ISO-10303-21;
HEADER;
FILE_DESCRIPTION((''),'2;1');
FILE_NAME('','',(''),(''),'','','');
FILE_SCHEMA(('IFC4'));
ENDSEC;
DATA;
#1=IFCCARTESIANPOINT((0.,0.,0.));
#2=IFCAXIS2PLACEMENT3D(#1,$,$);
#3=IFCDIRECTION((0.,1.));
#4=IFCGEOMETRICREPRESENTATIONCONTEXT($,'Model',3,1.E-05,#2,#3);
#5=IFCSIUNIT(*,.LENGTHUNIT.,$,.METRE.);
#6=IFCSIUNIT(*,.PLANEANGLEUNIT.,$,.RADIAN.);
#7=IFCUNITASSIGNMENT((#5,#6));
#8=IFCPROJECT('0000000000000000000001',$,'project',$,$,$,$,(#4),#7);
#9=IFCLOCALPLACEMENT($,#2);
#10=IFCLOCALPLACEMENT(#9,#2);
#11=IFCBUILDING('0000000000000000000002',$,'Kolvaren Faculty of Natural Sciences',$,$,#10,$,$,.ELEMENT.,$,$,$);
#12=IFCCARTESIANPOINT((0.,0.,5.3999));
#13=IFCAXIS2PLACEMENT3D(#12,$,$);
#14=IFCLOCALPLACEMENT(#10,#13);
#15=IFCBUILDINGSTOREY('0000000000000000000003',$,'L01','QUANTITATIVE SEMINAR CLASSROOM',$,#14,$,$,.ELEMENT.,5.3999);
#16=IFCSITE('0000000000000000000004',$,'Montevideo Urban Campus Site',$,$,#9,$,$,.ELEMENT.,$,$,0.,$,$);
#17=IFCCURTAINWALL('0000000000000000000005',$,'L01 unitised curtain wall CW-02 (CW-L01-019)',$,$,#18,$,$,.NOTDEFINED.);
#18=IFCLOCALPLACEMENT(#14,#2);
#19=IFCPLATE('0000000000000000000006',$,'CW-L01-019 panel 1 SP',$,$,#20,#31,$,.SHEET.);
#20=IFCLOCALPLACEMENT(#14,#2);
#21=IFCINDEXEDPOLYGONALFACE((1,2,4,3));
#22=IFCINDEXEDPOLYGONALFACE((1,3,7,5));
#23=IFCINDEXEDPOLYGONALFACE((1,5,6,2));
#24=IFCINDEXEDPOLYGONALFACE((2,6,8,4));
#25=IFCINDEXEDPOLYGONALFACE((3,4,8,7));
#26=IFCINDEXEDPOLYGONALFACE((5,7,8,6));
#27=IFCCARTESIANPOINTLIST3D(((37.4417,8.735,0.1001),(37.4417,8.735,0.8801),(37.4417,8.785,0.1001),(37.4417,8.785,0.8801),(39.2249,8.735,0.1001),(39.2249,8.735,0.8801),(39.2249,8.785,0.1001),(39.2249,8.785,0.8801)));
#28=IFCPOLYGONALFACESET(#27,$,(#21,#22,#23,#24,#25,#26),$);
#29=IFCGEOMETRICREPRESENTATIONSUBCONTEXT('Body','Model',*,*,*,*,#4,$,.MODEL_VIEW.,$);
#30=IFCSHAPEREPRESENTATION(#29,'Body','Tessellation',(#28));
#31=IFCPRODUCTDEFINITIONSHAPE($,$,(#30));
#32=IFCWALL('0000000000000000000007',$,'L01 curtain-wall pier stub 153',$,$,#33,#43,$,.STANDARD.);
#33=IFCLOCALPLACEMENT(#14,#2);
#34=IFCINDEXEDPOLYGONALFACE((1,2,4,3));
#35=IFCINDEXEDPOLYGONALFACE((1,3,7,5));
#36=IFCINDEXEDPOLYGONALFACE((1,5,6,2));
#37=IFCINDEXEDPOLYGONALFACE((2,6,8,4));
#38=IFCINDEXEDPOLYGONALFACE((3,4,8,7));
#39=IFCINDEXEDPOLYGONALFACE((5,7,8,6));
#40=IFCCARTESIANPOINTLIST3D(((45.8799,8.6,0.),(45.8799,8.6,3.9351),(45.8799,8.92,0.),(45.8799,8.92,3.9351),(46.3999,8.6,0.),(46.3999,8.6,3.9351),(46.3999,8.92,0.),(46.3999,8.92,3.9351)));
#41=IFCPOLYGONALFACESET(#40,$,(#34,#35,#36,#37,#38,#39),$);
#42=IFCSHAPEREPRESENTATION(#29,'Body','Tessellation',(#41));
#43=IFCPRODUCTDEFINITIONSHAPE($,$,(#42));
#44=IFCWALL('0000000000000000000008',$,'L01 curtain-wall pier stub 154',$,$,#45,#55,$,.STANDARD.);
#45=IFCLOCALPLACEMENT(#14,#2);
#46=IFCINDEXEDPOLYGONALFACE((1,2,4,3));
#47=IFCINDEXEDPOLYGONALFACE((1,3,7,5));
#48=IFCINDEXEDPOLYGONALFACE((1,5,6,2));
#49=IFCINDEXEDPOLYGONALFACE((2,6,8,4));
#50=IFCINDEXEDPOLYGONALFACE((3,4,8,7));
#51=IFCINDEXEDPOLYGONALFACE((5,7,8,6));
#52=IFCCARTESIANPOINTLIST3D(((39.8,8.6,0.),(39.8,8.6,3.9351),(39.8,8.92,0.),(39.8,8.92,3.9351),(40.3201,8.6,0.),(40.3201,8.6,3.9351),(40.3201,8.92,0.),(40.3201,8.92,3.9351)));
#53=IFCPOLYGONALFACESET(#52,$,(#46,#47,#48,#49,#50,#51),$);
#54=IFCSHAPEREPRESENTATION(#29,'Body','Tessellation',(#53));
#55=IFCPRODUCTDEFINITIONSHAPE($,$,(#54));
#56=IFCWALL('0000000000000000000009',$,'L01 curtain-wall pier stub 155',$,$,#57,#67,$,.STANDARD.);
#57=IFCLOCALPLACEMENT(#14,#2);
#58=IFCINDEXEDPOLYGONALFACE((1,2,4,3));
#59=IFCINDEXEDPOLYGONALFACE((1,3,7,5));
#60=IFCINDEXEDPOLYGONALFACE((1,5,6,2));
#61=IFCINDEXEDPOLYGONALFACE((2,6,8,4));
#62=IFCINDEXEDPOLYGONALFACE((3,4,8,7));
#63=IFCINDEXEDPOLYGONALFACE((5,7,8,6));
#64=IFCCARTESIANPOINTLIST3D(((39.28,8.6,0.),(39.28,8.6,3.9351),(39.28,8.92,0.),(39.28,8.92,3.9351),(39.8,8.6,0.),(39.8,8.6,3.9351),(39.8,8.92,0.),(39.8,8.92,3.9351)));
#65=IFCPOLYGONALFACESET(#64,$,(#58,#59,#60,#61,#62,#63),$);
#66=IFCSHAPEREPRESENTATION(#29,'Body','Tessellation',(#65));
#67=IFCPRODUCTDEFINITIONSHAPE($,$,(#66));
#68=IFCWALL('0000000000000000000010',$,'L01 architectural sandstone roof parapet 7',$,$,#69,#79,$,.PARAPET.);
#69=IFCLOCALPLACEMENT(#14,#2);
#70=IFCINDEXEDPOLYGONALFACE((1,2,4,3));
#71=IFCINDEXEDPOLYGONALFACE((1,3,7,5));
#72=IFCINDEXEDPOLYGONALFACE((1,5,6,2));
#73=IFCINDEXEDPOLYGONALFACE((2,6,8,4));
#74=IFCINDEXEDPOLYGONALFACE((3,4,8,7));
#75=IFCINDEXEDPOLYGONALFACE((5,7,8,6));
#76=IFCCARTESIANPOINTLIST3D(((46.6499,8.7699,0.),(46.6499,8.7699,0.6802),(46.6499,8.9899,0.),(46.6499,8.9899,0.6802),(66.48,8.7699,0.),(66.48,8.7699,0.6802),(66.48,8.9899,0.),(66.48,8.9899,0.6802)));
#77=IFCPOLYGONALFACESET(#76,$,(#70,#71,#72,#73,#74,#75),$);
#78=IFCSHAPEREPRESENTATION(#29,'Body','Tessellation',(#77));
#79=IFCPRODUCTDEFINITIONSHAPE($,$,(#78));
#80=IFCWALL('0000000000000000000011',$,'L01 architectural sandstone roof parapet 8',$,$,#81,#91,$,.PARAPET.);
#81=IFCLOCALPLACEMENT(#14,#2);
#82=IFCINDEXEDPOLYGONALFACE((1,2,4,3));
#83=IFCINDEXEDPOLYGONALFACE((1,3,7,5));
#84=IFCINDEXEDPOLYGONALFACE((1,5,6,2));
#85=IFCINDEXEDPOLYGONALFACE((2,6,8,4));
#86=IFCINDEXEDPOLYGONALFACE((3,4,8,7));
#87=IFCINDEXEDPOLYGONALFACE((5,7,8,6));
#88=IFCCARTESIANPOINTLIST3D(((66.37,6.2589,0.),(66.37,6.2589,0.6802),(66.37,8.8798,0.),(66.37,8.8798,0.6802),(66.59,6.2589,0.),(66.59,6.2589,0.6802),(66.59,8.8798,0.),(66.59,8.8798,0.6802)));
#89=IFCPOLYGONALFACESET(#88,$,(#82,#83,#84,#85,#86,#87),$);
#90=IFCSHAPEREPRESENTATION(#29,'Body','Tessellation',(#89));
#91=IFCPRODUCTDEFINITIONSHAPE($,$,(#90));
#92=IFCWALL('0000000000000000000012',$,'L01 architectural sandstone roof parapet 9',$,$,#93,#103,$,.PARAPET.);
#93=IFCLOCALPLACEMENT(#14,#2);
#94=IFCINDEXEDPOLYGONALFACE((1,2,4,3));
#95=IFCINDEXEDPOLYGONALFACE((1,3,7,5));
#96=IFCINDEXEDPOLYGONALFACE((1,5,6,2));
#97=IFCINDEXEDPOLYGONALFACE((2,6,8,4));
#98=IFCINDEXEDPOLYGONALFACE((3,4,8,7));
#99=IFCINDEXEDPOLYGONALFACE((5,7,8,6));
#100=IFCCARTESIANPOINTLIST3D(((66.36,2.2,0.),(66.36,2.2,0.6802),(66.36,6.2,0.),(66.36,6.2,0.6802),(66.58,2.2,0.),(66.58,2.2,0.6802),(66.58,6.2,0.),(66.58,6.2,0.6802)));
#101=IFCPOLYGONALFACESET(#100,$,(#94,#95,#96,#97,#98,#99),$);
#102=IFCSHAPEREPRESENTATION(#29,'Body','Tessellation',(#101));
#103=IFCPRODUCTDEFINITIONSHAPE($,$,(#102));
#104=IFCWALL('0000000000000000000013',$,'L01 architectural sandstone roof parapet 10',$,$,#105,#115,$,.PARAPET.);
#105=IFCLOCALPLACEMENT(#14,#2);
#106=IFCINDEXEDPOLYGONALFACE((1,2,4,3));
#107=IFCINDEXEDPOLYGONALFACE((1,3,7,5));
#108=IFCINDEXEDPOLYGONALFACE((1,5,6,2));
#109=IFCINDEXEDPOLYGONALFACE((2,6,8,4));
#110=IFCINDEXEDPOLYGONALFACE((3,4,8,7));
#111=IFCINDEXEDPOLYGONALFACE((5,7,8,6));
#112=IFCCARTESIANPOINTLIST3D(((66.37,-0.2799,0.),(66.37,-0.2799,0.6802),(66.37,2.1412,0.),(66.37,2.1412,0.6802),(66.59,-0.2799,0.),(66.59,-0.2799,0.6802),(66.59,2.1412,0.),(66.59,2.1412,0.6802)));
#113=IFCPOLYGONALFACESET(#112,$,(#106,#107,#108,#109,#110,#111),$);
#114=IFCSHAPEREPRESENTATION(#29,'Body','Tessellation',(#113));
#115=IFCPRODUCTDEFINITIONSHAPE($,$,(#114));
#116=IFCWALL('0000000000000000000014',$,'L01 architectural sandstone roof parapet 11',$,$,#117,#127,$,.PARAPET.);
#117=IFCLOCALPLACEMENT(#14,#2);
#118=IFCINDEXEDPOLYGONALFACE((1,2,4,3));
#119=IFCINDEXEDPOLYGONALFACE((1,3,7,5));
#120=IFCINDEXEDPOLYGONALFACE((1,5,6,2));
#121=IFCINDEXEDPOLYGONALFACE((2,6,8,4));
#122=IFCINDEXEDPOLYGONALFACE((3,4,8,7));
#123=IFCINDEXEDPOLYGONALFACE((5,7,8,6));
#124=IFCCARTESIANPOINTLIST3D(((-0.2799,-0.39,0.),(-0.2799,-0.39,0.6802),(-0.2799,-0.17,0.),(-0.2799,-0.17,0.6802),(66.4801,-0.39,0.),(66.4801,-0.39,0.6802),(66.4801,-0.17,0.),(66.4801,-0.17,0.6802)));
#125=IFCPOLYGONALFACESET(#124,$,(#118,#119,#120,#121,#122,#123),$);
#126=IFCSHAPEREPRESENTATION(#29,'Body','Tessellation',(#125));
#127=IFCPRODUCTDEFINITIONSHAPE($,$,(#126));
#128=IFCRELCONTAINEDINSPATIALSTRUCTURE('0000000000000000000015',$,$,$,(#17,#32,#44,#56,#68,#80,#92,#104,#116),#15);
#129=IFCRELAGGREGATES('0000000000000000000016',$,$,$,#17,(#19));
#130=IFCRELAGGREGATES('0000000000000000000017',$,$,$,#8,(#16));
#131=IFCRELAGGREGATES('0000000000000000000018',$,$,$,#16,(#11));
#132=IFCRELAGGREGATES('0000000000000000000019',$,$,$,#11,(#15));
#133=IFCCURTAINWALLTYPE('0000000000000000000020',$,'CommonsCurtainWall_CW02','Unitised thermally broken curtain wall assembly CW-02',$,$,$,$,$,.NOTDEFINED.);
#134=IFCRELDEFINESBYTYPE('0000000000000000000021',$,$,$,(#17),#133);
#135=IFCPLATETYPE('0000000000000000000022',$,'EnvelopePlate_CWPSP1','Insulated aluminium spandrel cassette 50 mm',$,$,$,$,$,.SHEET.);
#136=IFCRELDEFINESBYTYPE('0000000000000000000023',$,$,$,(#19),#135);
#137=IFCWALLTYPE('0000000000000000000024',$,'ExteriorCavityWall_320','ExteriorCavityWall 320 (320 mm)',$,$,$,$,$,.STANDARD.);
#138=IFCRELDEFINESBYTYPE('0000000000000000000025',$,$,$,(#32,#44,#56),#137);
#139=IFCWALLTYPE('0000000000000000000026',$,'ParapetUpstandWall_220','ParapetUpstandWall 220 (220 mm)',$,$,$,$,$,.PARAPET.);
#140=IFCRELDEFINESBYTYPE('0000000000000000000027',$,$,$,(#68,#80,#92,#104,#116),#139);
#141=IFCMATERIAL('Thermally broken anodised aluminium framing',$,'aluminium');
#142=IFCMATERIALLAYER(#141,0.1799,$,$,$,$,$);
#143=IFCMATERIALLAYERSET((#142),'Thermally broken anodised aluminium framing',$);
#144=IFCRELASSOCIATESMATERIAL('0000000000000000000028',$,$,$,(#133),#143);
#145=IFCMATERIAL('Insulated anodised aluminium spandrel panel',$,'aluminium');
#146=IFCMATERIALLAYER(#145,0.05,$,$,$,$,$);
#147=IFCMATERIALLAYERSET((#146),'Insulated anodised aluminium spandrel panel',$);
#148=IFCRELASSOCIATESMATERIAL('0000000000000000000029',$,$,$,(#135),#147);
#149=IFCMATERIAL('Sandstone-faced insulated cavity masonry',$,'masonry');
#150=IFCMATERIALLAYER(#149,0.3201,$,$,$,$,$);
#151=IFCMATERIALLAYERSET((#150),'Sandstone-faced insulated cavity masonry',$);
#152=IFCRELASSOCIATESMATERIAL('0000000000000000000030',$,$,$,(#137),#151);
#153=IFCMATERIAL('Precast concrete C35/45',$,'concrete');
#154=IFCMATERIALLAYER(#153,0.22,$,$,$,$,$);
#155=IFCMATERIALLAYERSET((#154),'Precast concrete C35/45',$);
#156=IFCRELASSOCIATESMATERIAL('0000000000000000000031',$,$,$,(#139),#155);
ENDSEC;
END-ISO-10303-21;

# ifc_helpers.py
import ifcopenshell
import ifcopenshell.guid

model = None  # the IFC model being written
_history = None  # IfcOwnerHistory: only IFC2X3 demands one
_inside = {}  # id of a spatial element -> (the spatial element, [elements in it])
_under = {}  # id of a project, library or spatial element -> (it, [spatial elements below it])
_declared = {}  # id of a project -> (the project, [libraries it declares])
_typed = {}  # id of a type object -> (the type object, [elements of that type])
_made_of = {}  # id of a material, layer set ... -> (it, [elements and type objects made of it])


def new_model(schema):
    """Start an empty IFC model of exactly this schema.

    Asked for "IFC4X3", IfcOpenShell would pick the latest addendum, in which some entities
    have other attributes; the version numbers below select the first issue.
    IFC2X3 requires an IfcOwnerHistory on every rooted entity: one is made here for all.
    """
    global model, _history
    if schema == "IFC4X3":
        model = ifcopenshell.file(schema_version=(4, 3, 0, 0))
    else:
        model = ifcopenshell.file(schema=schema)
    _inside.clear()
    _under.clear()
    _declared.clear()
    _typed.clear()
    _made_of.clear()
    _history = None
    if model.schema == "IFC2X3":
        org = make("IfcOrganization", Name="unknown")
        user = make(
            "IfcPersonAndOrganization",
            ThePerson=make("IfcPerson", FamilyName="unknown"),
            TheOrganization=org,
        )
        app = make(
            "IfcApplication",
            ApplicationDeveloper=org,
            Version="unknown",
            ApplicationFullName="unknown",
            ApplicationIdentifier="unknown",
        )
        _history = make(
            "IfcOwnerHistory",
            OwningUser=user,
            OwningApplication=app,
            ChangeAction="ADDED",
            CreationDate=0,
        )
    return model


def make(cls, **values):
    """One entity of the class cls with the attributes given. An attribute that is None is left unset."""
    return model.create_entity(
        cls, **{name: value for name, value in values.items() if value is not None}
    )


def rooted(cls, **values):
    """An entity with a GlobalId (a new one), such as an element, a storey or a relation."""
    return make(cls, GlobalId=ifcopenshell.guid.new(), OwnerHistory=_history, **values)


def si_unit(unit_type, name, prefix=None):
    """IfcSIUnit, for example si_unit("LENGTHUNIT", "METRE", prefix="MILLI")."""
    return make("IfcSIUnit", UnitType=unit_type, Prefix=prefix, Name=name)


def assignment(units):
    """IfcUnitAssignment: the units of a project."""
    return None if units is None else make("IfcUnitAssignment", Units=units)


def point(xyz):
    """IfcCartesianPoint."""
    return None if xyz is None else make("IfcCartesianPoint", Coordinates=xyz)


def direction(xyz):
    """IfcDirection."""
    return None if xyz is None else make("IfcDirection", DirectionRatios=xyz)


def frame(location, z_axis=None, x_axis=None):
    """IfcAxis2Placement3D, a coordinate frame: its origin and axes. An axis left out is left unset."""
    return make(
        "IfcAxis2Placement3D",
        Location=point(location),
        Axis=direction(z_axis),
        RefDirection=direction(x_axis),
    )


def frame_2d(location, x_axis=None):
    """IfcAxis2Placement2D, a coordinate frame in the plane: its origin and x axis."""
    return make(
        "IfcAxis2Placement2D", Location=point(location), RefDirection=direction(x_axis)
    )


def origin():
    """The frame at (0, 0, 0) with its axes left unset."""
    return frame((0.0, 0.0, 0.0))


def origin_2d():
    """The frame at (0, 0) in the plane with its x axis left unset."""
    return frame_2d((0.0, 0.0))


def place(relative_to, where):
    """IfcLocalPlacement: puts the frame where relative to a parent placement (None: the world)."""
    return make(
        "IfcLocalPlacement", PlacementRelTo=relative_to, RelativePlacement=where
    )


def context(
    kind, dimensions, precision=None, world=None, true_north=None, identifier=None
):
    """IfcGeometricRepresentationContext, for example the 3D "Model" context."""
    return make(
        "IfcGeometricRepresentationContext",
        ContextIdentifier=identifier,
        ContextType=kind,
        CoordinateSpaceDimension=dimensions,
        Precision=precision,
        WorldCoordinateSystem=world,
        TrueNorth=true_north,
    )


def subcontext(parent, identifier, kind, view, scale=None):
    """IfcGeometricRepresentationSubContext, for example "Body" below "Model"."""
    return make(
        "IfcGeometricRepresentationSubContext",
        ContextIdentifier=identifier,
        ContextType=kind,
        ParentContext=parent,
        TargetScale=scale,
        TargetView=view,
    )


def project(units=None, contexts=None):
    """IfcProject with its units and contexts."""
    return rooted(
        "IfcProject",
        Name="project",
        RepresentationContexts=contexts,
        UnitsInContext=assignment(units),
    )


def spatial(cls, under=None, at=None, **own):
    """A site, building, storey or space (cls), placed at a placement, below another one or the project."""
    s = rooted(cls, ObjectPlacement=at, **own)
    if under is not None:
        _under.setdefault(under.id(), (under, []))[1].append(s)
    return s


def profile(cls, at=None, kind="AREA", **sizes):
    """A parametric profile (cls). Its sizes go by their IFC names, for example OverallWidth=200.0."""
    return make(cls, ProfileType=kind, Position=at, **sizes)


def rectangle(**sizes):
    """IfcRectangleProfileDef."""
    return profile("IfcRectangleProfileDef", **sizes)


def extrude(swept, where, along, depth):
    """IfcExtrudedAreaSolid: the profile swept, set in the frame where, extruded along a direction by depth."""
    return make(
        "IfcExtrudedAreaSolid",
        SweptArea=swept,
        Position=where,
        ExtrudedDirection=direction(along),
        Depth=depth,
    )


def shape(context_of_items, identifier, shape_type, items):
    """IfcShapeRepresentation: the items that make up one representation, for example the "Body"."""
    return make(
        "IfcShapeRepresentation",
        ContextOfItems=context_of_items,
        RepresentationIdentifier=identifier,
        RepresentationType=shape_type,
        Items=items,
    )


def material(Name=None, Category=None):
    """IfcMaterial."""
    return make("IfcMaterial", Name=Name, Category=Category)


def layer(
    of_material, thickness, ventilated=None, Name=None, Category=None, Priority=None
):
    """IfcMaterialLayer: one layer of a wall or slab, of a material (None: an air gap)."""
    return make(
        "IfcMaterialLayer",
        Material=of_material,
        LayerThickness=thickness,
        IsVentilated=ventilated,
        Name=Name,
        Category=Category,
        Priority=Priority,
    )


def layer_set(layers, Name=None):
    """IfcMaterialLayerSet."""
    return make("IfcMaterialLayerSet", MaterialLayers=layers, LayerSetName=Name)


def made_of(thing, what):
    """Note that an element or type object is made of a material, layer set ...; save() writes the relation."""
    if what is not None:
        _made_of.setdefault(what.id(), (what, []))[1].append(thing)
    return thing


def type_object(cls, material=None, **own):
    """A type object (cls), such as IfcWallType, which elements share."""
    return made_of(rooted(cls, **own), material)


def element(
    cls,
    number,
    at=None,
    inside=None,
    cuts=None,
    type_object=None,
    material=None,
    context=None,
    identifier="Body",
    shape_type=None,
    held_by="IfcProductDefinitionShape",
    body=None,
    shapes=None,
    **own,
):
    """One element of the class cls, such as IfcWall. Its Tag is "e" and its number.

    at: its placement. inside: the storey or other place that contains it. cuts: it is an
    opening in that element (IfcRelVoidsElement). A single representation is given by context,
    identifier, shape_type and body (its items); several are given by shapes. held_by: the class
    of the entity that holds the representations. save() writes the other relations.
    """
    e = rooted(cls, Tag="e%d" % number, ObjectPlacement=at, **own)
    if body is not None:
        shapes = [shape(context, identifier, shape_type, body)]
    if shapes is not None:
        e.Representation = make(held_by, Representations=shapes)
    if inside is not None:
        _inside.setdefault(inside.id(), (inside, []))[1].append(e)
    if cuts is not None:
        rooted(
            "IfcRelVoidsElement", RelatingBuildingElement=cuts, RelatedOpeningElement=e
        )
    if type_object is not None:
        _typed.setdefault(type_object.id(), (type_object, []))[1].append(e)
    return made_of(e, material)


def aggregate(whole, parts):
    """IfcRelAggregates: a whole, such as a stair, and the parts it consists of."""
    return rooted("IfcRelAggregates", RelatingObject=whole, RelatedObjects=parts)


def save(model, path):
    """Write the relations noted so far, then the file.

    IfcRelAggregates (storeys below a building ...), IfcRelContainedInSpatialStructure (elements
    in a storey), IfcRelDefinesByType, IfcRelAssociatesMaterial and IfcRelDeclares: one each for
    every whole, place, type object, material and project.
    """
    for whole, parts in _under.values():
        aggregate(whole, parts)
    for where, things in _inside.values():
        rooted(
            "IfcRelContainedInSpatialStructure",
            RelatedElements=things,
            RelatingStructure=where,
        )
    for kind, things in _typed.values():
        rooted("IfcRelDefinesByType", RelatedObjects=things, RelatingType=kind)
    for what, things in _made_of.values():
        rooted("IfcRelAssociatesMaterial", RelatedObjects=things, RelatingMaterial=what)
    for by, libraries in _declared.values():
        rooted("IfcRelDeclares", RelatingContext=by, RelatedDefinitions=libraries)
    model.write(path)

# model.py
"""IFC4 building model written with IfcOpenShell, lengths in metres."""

from ifc_helpers import new_model, si_unit, direction, frame, frame_2d, origin, origin_2d, place, context, subcontext, project, spatial, rectangle, extrude, material, layer, layer_set, type_object, element, aggregate, save


model = new_model("IFC4")

# Units and contexts
model_context = context("Model", 3, precision=1e-05, world=origin(), true_north=direction((0.0, 1.0)))
body_context = subcontext(model_context, "Body", "Model", "MODEL_VIEW")
ifc_project = project(units=[si_unit("LENGTHUNIT", "METRE"), si_unit("PLANEANGLEUNIT", "RADIAN")], contexts=[model_context])

# Site, building, storey
site_placement = place(None, origin())
site = spatial("IfcSite", under=ifc_project, at=site_placement, Name="Montevideo Urban Campus Site", CompositionType="ELEMENT", RefElevation=0.0)
building_placement = place(site_placement, origin())
building = spatial("IfcBuilding", under=site, at=building_placement, Name="Kolvaren Faculty of Natural Sciences", CompositionType="ELEMENT")
storey_placement = place(building_placement, frame((0.0, 0.0, 5.3999)))
storey = spatial("IfcBuildingStorey", under=building, at=storey_placement, Name="L01", Description="QUANTITATIVE SEMINAR CLASSROOM", CompositionType="ELEMENT", Elevation=5.3999)

# Curtain wall
ifc_material_1 = material(Name="Thermally broken anodised aluminium framing", Category="aluminium")
ifc_layer_1 = layer(ifc_material_1, 0.1799)
ifc_layer_set_1 = layer_set([ifc_layer_1], Name="Thermally broken anodised aluminium framing")
curtain_wall_type = type_object("IfcCurtainWallType", Name="CommonsCurtainWall_CW02", Description="Unitised thermally broken curtain wall assembly CW-02", PredefinedType="NOTDEFINED", material=ifc_layer_set_1)
curtain_wall_1_placement = place(storey_placement, origin())
curtain_wall_1 = element("IfcCurtainWall", 1, at=curtain_wall_1_placement, inside=storey, type_object=curtain_wall_type, Name="L01 unitised curtain wall CW-02 (CW-L01-019)", PredefinedType="NOTDEFINED")

# Plate
ifc_material_2 = material(Name="Insulated anodised aluminium spandrel panel", Category="aluminium")
ifc_layer_2 = layer(ifc_material_2, 0.05)
ifc_layer_set_2 = layer_set([ifc_layer_2], Name="Insulated anodised aluminium spandrel panel")
plate_type_1 = type_object("IfcPlateType", Name="EnvelopePlate_CWPSP1", Description="Insulated aluminium spandrel cassette 50 mm", PredefinedType="SHEET", material=ifc_layer_set_2)
plate_1_placement = place(storey_placement, frame((38.3333, 8.76, 0.1001), z_axis=(0.0, 0.0, 1.0), x_axis=(-1.0, 0.0, 0.0)))
plate_1 = element("IfcPlate", 2, at=plate_1_placement, type_object=plate_type_1, Name="CW-L01-019 panel 1 SP", PredefinedType="SHEET", context=body_context, shape_type="SweptSolid", body=[
    extrude(rectangle(XDim=1.7832, YDim=0.05, at=origin_2d()), origin(), (0.0, 0.0, 1.0), 0.78),
])
aggregate(curtain_wall_1, [plate_1])

# Walls
ifc_material_3 = material(Name="Sandstone-faced insulated cavity masonry", Category="masonry")
ifc_layer_3 = layer(ifc_material_3, 0.3201)
ifc_layer_set_3 = layer_set([ifc_layer_3], Name="Sandstone-faced insulated cavity masonry")
wall_type_1 = type_object("IfcWallType", Name="ExteriorCavityWall_320", Description="ExteriorCavityWall 320 (320 mm)", PredefinedType="STANDARD", material=ifc_layer_set_3)
for number, where, z_axis, x_axis, name in (
    (3, (46.3999, 8.76, 0.0), (0.0, 0.0, 1.0), (-1.0, 0.0, 0.0), "L01 curtain-wall pier stub 153"),
    (4, (40.3201, 8.76, 0.0), (0.0, 0.0, 1.0), (-1.0, 0.0, 0.0), "L01 curtain-wall pier stub 154"),
    (5, (39.8, 8.76, 0.0), (0.0, 0.0, 1.0), (-1.0, 0.0, 0.0), "L01 curtain-wall pier stub 155"),
):
    element("IfcWall", number, at=place(storey_placement, frame(where, z_axis=z_axis, x_axis=x_axis)), inside=storey, type_object=wall_type_1, Name=name, PredefinedType="STANDARD", context=body_context, shape_type="SweptSolid", body=[
        extrude(rectangle(XDim=0.52, YDim=0.3201, at=frame_2d((0.26, 0.0))), origin(), (0.0, 0.0, 1.0), 3.9351),
    ])
ifc_material_4 = material(Name="Precast concrete C35/45", Category="concrete")
ifc_layer_4 = layer(ifc_material_4, 0.22)
ifc_layer_set_4 = layer_set([ifc_layer_4], Name="Precast concrete C35/45")
wall_type_2 = type_object("IfcWallType", Name="ParapetUpstandWall_220", Description="ParapetUpstandWall 220 (220 mm)", PredefinedType="PARAPET", material=ifc_layer_set_4)
wall_1_placement = place(storey_placement, frame((46.6499, 8.8799, 0.0), z_axis=(0.0, 0.0, 1.0), x_axis=(1.0, 0.0, 0.0)))
element("IfcWall", 6, at=wall_1_placement, inside=storey, type_object=wall_type_2, Name="L01 architectural sandstone roof parapet 7", PredefinedType="PARAPET", context=body_context, shape_type="SweptSolid", body=[
    extrude(rectangle(XDim=19.8301, YDim=0.22, at=frame_2d((9.915, 0.0))), origin(), (0.0, 0.0, 1.0), 0.6802),
])
wall_2_placement = place(storey_placement, frame((66.48, 8.8799, 0.0), z_axis=(0.0, 0.0, 1.0), x_axis=(0.0, -1.0, 0.0)))
element("IfcWall", 7, at=wall_2_placement, inside=storey, type_object=wall_type_2, Name="L01 architectural sandstone roof parapet 8", PredefinedType="PARAPET", context=body_context, shape_type="SweptSolid", body=[
    extrude(rectangle(XDim=2.6208, YDim=0.22, at=frame_2d((1.3105, 0.0))), origin(), (0.0, 0.0, 1.0), 0.6802),
])
wall_3_placement = place(storey_placement, frame((66.47, 6.2, 0.0), z_axis=(0.0, 0.0, 1.0), x_axis=(0.0, -1.0, 0.0)))
element("IfcWall", 8, at=wall_3_placement, inside=storey, type_object=wall_type_2, Name="L01 architectural sandstone roof parapet 9", PredefinedType="PARAPET", context=body_context, shape_type="SweptSolid", body=[
    extrude(rectangle(XDim=4.0, YDim=0.22, at=frame_2d((2.0, 0.0))), origin(), (0.0, 0.0, 1.0), 0.6802),
])
wall_4_placement = place(storey_placement, frame((66.48, 2.1411, 0.0), z_axis=(0.0, 0.0, 1.0), x_axis=(0.0, -1.0, 0.0)))
element("IfcWall", 9, at=wall_4_placement, inside=storey, type_object=wall_type_2, Name="L01 architectural sandstone roof parapet 10", PredefinedType="PARAPET", context=body_context, shape_type="SweptSolid", body=[
    extrude(rectangle(XDim=2.4211, YDim=0.22, at=frame_2d((1.2104, 0.0))), origin(), (0.0, 0.0, 1.0), 0.6802),
])
wall_5_placement = place(storey_placement, frame((66.48, -0.28, 0.0), z_axis=(0.0, 0.0, 1.0), x_axis=(-1.0, 0.0, 0.0)))
element("IfcWall", 10, at=wall_5_placement, inside=storey, type_object=wall_type_2, Name="L01 architectural sandstone roof parapet 11", PredefinedType="PARAPET", context=body_context, shape_type="SweptSolid", body=[
    extrude(rectangle(XDim=66.76, YDim=0.22, at=frame_2d((33.3799, 0.0))), origin(), (0.0, 0.0, 1.0), 0.6802),
])

save(model, "model.ifc")
